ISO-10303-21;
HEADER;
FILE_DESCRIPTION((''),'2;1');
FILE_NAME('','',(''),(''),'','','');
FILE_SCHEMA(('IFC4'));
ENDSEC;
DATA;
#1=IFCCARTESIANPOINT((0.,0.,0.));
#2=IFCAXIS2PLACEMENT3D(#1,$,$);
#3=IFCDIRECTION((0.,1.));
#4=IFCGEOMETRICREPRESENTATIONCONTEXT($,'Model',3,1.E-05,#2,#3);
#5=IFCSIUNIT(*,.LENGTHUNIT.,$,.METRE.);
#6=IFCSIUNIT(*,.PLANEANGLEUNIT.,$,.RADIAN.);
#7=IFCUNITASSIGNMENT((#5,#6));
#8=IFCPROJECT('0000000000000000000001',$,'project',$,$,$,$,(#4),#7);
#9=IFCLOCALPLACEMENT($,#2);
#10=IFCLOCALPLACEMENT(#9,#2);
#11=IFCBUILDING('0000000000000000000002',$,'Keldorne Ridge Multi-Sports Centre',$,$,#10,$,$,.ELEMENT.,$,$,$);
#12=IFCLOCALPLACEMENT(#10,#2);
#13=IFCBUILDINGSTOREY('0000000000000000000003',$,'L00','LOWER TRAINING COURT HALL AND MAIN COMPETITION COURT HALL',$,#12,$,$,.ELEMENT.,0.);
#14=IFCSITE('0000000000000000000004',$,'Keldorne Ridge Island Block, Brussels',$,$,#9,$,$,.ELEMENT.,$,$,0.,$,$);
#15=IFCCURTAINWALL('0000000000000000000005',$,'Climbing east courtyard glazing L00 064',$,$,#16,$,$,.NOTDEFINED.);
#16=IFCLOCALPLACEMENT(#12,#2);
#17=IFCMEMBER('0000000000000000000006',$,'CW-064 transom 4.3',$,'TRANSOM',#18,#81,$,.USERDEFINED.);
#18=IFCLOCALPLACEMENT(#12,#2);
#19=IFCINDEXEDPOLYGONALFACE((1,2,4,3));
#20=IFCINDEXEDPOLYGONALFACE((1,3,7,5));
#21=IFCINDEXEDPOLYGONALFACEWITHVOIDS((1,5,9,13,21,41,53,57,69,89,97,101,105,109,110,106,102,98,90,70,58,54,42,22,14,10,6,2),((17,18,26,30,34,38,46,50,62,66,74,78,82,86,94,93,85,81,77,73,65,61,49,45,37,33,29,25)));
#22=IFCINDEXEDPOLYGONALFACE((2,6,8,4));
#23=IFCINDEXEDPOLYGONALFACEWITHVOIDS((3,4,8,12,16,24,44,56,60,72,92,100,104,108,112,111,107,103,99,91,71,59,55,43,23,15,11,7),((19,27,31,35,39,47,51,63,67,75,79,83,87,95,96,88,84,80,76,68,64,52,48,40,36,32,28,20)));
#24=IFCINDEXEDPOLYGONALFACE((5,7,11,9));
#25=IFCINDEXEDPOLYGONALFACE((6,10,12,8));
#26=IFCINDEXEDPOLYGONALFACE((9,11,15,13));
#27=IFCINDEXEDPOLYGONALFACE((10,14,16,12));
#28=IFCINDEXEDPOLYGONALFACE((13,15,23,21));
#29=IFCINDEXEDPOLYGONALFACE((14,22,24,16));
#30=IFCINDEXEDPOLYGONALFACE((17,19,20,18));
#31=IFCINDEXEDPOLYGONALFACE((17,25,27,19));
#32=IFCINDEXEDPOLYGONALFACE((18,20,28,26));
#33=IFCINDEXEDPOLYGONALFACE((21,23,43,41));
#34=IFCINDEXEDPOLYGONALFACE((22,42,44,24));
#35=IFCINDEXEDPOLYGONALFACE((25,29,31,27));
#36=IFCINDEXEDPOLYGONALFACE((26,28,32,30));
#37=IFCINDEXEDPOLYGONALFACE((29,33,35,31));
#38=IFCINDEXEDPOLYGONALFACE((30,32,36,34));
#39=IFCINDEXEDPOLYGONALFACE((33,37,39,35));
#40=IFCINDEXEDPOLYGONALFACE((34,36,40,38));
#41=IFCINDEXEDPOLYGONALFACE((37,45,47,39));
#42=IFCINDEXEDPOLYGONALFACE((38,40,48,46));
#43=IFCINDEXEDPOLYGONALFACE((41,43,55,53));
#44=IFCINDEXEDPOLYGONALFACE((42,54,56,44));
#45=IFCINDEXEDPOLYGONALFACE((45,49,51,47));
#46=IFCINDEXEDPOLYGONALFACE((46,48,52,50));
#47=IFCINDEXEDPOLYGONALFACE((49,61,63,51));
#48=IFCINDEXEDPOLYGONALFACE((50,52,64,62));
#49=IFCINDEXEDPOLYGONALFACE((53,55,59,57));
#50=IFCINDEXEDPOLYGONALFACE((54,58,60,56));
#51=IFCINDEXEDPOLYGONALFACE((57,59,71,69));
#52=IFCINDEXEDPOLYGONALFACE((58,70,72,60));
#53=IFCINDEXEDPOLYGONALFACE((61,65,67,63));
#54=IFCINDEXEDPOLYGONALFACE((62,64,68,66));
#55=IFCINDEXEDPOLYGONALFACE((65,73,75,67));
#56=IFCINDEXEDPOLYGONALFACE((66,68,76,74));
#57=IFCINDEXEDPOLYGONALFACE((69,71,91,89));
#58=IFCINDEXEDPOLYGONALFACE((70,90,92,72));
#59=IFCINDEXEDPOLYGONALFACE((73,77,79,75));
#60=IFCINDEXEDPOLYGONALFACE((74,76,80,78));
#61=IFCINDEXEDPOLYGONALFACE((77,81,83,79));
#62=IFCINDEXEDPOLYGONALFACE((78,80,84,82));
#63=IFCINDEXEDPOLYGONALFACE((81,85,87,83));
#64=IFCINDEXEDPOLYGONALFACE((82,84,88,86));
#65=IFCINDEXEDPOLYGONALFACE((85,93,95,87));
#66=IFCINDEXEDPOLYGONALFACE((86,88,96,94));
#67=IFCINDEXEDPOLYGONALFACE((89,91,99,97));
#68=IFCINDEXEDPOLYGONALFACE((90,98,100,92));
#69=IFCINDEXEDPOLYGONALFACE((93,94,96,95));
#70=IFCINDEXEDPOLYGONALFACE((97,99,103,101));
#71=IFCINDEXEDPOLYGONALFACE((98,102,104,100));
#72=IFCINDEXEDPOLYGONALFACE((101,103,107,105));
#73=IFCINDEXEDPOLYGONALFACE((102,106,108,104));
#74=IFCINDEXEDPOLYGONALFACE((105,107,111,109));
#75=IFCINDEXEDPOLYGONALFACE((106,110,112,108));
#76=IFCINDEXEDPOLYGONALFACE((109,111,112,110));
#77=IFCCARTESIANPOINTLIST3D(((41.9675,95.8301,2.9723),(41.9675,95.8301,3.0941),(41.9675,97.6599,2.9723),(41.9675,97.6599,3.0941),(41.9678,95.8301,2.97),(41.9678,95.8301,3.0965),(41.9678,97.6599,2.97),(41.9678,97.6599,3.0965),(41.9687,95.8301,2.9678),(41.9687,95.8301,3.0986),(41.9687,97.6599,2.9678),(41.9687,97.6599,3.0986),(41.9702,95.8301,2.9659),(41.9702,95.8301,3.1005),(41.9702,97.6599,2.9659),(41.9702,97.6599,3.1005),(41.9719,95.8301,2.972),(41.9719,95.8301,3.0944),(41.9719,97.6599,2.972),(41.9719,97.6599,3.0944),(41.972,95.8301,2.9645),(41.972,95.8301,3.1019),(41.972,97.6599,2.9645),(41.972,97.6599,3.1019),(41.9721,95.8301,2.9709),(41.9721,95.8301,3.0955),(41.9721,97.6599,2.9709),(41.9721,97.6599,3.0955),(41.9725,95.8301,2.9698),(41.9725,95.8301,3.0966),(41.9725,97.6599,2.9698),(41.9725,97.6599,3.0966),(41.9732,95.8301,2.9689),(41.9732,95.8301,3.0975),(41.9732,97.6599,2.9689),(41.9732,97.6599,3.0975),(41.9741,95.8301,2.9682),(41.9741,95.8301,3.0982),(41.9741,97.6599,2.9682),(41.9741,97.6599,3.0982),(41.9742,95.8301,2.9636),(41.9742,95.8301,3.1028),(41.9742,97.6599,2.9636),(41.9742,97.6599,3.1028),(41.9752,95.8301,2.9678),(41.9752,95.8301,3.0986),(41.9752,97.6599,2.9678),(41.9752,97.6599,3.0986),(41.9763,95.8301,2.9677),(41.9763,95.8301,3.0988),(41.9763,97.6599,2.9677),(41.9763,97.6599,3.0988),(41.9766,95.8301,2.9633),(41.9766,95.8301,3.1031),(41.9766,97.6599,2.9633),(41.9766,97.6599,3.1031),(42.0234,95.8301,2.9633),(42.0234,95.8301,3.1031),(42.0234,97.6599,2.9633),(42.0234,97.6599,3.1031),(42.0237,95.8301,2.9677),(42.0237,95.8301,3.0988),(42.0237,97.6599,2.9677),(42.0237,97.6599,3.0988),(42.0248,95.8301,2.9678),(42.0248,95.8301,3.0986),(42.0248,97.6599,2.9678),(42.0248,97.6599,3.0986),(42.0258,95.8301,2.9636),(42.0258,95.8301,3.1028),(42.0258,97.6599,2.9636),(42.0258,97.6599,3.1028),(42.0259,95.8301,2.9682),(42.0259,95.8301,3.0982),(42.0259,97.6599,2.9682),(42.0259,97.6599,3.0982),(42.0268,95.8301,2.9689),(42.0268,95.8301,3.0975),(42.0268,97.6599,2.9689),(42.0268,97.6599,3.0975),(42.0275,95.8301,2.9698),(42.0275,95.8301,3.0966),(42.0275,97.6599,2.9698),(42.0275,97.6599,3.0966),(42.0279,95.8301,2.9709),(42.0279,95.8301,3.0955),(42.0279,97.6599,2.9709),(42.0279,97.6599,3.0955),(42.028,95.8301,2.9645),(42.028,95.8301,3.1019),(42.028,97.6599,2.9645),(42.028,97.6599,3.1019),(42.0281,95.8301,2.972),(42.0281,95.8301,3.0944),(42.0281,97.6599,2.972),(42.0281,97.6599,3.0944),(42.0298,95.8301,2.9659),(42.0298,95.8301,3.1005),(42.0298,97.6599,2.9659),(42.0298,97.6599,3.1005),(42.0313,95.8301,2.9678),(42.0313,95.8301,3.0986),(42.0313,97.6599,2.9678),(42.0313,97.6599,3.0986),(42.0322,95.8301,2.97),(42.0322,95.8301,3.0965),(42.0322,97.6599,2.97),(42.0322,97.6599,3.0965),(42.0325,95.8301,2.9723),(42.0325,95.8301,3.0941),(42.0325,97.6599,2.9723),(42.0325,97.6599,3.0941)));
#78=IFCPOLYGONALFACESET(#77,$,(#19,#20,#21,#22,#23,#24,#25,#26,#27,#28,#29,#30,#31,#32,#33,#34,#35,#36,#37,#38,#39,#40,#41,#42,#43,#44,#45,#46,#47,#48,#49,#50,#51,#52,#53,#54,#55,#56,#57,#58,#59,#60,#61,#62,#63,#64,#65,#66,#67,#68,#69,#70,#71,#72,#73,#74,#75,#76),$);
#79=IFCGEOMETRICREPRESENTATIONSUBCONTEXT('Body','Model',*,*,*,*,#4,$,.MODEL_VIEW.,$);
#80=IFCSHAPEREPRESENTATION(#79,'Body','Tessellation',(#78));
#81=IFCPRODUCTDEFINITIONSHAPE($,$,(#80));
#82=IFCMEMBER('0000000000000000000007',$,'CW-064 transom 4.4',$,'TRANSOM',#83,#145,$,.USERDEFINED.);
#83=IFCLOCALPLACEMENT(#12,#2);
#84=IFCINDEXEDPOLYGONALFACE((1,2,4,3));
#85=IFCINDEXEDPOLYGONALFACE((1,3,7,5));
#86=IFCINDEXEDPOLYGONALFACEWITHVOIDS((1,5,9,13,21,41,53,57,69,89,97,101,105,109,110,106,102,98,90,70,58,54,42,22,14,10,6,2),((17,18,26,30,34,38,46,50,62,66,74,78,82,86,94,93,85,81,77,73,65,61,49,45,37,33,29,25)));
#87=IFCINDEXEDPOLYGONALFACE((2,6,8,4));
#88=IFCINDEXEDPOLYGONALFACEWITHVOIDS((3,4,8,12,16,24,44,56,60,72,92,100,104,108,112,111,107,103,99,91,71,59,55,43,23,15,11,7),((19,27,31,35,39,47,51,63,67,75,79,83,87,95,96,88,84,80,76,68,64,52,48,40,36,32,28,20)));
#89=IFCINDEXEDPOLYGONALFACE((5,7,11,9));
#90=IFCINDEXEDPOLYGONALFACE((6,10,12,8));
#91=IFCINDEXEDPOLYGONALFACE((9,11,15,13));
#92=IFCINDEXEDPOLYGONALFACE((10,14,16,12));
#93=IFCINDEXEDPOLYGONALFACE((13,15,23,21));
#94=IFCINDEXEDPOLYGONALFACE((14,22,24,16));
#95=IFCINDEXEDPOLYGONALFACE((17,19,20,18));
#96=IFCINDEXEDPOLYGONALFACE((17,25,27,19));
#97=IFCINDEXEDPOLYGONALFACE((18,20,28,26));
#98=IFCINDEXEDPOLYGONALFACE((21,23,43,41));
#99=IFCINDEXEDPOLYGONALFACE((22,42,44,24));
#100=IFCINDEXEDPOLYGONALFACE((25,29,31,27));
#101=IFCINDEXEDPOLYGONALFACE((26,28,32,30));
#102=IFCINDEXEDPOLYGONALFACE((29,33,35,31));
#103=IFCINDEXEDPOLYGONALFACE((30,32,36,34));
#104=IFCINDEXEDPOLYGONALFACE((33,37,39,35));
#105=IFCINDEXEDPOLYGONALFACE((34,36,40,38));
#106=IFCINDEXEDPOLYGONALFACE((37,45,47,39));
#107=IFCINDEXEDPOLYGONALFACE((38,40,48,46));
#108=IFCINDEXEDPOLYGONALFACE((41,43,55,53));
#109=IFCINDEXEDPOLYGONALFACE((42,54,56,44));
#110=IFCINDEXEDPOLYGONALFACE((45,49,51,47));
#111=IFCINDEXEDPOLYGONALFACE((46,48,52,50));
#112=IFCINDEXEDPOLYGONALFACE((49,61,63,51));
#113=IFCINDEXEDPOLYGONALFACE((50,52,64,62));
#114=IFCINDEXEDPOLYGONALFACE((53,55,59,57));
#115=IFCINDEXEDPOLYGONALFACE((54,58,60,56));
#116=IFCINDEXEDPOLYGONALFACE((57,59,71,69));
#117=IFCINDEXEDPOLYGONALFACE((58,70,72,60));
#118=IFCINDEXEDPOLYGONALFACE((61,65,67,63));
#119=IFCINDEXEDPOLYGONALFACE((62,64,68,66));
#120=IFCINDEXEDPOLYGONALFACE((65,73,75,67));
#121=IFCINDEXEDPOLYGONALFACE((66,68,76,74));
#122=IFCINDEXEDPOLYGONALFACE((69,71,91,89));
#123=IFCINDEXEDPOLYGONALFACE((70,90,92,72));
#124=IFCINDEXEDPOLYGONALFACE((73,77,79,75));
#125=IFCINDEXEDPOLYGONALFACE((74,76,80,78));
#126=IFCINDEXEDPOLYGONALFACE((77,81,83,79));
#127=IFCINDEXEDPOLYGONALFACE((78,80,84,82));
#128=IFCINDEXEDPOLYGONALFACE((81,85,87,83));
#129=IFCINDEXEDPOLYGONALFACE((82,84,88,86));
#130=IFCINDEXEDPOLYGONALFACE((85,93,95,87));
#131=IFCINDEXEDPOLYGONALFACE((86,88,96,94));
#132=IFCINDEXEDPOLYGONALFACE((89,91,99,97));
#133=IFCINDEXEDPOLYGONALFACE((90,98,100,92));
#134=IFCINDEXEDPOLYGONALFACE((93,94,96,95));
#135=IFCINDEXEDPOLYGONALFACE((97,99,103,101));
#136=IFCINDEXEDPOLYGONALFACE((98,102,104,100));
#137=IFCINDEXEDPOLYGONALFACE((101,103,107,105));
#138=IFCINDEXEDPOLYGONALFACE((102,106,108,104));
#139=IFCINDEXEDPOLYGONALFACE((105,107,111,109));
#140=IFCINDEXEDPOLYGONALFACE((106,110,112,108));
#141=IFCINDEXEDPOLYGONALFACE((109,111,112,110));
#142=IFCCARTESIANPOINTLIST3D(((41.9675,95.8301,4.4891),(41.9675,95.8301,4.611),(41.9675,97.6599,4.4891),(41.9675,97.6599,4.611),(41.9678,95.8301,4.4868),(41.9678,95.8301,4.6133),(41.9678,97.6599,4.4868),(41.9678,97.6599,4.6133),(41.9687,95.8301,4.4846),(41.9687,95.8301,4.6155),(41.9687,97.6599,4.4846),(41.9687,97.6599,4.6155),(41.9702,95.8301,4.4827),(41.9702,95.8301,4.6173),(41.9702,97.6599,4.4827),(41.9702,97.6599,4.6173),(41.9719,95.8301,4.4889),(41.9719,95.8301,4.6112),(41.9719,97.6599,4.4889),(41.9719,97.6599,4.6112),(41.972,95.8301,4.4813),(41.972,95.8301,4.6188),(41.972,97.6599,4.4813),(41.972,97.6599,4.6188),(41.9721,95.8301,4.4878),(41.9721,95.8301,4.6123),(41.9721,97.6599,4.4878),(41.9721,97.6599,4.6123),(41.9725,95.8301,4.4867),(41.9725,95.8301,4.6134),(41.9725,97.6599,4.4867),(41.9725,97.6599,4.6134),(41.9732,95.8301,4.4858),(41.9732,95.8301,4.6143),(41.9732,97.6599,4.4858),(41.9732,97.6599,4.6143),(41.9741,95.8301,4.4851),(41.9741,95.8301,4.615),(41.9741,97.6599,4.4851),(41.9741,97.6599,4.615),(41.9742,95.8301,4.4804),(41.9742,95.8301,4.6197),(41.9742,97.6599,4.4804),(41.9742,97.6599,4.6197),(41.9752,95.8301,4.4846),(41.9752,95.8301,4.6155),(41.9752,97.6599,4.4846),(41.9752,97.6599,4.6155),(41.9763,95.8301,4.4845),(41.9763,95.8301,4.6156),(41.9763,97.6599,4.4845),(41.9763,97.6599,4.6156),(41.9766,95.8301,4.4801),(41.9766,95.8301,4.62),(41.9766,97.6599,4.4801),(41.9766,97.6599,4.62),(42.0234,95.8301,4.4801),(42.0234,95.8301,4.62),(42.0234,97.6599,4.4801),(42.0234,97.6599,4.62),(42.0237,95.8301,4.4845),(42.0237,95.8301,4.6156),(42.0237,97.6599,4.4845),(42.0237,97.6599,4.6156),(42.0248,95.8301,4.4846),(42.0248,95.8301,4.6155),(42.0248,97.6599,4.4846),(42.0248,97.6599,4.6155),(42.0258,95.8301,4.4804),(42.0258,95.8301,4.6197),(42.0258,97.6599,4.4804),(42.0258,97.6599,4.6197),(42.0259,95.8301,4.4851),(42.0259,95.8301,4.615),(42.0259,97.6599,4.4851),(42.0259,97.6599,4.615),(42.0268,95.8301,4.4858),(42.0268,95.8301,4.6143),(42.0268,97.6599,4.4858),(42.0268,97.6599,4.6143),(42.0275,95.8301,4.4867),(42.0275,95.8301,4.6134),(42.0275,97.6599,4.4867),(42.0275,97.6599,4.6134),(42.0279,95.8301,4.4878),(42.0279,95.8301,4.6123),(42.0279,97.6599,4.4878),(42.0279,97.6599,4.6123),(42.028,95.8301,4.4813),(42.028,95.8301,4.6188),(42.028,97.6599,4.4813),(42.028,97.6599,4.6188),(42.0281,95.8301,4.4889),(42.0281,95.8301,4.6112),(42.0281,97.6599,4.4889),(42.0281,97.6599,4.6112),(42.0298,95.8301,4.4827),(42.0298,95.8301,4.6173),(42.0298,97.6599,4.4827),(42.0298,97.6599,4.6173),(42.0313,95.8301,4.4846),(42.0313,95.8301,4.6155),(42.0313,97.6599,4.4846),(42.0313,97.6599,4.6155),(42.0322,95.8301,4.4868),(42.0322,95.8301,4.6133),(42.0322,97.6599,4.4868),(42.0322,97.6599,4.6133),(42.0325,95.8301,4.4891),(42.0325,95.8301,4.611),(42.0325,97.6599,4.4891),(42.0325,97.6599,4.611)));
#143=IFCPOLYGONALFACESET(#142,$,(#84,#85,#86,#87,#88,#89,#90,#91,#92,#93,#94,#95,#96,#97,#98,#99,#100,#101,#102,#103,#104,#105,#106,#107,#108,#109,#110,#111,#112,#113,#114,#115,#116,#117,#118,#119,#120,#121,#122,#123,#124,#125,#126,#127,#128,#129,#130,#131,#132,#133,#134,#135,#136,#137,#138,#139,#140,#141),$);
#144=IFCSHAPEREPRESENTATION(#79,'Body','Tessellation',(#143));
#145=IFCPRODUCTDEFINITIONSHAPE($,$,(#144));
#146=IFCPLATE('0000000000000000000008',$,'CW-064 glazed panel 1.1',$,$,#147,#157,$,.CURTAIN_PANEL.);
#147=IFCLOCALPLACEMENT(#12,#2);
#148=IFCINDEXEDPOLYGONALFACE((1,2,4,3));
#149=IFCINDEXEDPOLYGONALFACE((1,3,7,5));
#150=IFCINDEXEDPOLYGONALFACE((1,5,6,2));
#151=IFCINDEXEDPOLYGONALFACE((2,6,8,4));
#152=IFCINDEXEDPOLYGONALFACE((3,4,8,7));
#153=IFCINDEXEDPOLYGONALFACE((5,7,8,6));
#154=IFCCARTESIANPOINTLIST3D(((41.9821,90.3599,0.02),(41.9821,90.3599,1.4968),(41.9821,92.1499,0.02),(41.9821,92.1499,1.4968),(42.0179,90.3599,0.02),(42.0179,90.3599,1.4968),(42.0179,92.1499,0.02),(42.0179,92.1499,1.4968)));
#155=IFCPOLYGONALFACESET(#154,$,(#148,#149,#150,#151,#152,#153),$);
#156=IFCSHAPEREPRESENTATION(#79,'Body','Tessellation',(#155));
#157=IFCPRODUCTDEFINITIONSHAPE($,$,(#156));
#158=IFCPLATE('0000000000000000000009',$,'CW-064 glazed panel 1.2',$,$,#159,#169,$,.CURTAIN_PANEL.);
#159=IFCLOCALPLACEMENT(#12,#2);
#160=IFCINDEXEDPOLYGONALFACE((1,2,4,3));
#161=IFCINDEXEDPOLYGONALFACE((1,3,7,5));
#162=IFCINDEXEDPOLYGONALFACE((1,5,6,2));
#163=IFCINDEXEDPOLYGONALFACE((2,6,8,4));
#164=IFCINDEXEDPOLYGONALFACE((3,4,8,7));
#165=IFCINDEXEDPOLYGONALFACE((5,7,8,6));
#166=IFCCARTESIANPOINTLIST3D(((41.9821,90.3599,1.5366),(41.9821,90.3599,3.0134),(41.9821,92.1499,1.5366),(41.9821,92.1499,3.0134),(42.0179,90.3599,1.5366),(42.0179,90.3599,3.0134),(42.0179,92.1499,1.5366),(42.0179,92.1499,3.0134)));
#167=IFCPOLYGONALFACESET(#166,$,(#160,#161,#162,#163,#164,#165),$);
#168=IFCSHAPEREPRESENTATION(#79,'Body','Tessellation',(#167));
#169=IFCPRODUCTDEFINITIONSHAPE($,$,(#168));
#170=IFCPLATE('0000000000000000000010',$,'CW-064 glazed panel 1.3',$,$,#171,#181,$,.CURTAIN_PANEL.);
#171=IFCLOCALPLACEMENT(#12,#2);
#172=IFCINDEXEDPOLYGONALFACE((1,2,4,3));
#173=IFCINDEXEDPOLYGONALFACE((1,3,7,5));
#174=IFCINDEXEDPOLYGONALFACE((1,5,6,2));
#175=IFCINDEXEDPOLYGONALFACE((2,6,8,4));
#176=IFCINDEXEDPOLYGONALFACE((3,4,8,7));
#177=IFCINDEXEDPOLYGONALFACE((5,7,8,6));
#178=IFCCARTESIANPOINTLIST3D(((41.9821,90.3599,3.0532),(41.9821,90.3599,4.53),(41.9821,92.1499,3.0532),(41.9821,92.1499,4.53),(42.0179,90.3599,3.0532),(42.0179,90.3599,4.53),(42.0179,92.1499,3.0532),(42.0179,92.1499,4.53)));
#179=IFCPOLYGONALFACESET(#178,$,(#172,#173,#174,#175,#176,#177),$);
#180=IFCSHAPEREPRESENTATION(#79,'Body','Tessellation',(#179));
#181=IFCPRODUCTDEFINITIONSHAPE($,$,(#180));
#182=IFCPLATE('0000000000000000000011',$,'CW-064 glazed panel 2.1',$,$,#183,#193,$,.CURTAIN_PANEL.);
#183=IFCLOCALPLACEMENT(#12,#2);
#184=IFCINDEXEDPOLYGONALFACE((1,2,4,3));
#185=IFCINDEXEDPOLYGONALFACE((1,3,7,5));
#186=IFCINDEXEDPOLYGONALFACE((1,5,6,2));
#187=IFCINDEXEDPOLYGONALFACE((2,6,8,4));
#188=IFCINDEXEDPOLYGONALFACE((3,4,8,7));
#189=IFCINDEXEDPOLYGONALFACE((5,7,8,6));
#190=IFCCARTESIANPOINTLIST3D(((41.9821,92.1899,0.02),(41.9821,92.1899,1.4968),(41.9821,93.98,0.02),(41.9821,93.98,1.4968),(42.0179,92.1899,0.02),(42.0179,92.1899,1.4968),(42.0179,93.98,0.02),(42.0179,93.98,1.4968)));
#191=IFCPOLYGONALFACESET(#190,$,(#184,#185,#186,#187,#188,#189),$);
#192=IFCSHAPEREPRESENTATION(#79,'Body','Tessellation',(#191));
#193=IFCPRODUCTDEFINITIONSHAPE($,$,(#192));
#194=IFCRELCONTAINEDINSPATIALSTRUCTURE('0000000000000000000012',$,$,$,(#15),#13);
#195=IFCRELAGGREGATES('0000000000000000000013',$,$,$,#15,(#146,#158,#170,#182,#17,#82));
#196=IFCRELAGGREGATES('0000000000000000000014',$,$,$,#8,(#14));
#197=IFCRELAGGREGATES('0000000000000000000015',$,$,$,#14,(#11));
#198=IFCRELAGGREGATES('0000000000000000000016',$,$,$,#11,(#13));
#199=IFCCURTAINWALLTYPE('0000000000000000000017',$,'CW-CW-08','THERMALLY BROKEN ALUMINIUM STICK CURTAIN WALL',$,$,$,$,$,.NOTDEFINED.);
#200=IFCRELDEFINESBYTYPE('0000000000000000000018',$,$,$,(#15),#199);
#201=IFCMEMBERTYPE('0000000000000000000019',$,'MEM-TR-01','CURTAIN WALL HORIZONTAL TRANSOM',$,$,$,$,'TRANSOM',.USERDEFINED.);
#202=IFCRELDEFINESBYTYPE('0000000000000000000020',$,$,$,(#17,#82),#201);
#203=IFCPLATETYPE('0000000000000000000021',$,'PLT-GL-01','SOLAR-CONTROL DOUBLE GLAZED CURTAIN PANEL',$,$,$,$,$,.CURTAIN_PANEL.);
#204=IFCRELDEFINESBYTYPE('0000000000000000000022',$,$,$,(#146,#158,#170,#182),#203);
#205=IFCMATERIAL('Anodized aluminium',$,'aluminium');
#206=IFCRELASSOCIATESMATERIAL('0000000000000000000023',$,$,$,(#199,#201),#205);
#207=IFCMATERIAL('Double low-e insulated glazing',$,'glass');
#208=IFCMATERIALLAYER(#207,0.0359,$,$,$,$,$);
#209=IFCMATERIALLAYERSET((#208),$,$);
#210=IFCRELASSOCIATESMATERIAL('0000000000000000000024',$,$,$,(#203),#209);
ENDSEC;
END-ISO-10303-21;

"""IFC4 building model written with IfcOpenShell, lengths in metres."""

from ifc_helpers import new_model, si_unit, direction, frame, origin, origin_2d, place, context, subcontext, project, spatial, rectangle, hollow_rectangle, extrude, material, layer, layer_set, material_profile, profile_set, type_object, element, aggregate, save


model = new_model("IFC4")

# Units and contexts
model_context = context("Model", 3, precision=1e-05, world=origin(), true_north=direction((0.0, 1.0)))
body_context = subcontext(model_context, "Body", "Model", "MODEL_VIEW")
ifc_project = project(units=[si_unit("LENGTHUNIT", "METRE"), si_unit("PLANEANGLEUNIT", "RADIAN")], contexts=[model_context])

# Site, building, storey
site_placement = place(None, origin())
site = spatial("IfcSite", under=ifc_project, at=site_placement, Name="Keldorne Ridge Island Block, Brussels", CompositionType="ELEMENT", RefElevation=0.0)
building_placement = place(site_placement, origin())
building = spatial("IfcBuilding", under=site, at=building_placement, Name="Keldorne Ridge Multi-Sports Centre", CompositionType="ELEMENT")
storey_placement = place(building_placement, origin())
storey = spatial("IfcBuildingStorey", under=building, at=storey_placement, Name="L00", Description="LOWER TRAINING COURT HALL AND MAIN COMPETITION COURT HALL", CompositionType="ELEMENT", Elevation=0.0)

# Shared definitions
ifc_material_1 = material(Name="Anodized aluminium", Category="aluminium")

# Curtain wall, members, plates
curtain_wall_type_1 = type_object("IfcCurtainWallType", Name="CW-CW-08", Description="THERMALLY BROKEN ALUMINIUM STICK CURTAIN WALL", PredefinedType="NOTDEFINED", material=ifc_material_1)
curtain_wall_1_placement = place(storey_placement, origin())
curtain_wall_1 = element("IfcCurtainWall", 1, at=curtain_wall_1_placement, inside=storey, type_object=curtain_wall_type_1, Name="Climbing east courtyard glazing L00 064", PredefinedType="NOTDEFINED")
ifc_material_profile_1 = material_profile(ifc_material_1, hollow_rectangle(XDim=0.0649, YDim=0.1399, WallThickness=0.0044, InnerFilletRadius=0.0044, OuterFilletRadius=0.009, at=origin_2d()), Name="ALU TRANSOM 140x65x4.5")
ifc_profile_set_1 = profile_set([ifc_material_profile_1], Name="Anodized aluminium")
member_type_1 = type_object("IfcMemberType", Name="MEM-TR-01", Description="CURTAIN WALL HORIZONTAL TRANSOM", ElementType="TRANSOM", PredefinedType="USERDEFINED", material=ifc_profile_set_1)
member_1_placement = place(storey_placement, frame((42.0, 95.8301, 3.0332), z_axis=(0.0, 1.0, 0.0), x_axis=(-1.0, 0.0, 0.0)))
member_1 = element("IfcMember", 2, at=member_1_placement, type_object=member_type_1, Name="CW-064 transom 4.3", ObjectType="TRANSOM", PredefinedType="USERDEFINED", context=body_context, shape_type="SweptSolid", body=[
    extrude(hollow_rectangle(XDim=0.0649, YDim=0.1399, WallThickness=0.0044, InnerFilletRadius=0.0044, OuterFilletRadius=0.009, at=origin_2d()), origin(), (0.0, 0.0, 1.0), 1.8298),
])
member_2_placement = place(storey_placement, frame((42.0, 95.8301, 4.55), z_axis=(0.0, 1.0, 0.0), x_axis=(-1.0, 0.0, 0.0)))
member_2 = element("IfcMember", 3, at=member_2_placement, type_object=member_type_1, Name="CW-064 transom 4.4", ObjectType="TRANSOM", PredefinedType="USERDEFINED", context=body_context, shape_type="SweptSolid", body=[
    extrude(hollow_rectangle(XDim=0.0649, YDim=0.1399, WallThickness=0.0044, InnerFilletRadius=0.0044, OuterFilletRadius=0.009, at=origin_2d()), origin(), (0.0, 0.0, 1.0), 1.8298),
])
ifc_material_2 = material(Name="Double low-e insulated glazing", Category="glass")
ifc_layer_1 = layer(ifc_material_2, 0.0359)
ifc_layer_set_1 = layer_set([ifc_layer_1])
plate_type_1 = type_object("IfcPlateType", Name="PLT-GL-01", Description="SOLAR-CONTROL DOUBLE GLAZED CURTAIN PANEL", PredefinedType="CURTAIN_PANEL", material=ifc_layer_set_1)
plate_1_placement = place(storey_placement, frame((42.0, 91.2549, 0.02), z_axis=(0.0, 0.0, 1.0), x_axis=(0.0, 1.0, 0.0)))
plate_1 = element("IfcPlate", 4, at=plate_1_placement, type_object=plate_type_1, Name="CW-064 glazed panel 1.1", PredefinedType="CURTAIN_PANEL", context=body_context, shape_type="SweptSolid", body=[
    extrude(rectangle(XDim=1.79, YDim=0.0359, at=origin_2d()), origin(), (0.0, 0.0, 1.0), 1.4768),
])
plate_2_placement = place(storey_placement, frame((42.0, 91.2549, 1.5366), z_axis=(0.0, 0.0, 1.0), x_axis=(0.0, 1.0, 0.0)))
plate_2 = element("IfcPlate", 5, at=plate_2_placement, type_object=plate_type_1, Name="CW-064 glazed panel 1.2", PredefinedType="CURTAIN_PANEL", context=body_context, shape_type="SweptSolid", body=[
    extrude(rectangle(XDim=1.79, YDim=0.0359, at=origin_2d()), origin(), (0.0, 0.0, 1.0), 1.4768),
])
plate_3_placement = place(storey_placement, frame((42.0, 91.2549, 3.0532), z_axis=(0.0, 0.0, 1.0), x_axis=(0.0, 1.0, 0.0)))
plate_3 = element("IfcPlate", 6, at=plate_3_placement, type_object=plate_type_1, Name="CW-064 glazed panel 1.3", PredefinedType="CURTAIN_PANEL", context=body_context, shape_type="SweptSolid", body=[
    extrude(rectangle(XDim=1.79, YDim=0.0359, at=origin_2d()), origin(), (0.0, 0.0, 1.0), 1.4768),
])
plate_4_placement = place(storey_placement, frame((42.0, 93.085, 0.02), z_axis=(0.0, 0.0, 1.0), x_axis=(0.0, 1.0, 0.0)))
plate_4 = element("IfcPlate", 7, at=plate_4_placement, type_object=plate_type_1, Name="CW-064 glazed panel 2.1", PredefinedType="CURTAIN_PANEL", context=body_context, shape_type="SweptSolid", body=[
    extrude(rectangle(XDim=1.79, YDim=0.0359, at=origin_2d()), origin(), (0.0, 0.0, 1.0), 1.4768),
])
aggregate(curtain_wall_1, [plate_1, plate_2, plate_3, plate_4, member_1, member_2])

save(model, "model.ifc")
